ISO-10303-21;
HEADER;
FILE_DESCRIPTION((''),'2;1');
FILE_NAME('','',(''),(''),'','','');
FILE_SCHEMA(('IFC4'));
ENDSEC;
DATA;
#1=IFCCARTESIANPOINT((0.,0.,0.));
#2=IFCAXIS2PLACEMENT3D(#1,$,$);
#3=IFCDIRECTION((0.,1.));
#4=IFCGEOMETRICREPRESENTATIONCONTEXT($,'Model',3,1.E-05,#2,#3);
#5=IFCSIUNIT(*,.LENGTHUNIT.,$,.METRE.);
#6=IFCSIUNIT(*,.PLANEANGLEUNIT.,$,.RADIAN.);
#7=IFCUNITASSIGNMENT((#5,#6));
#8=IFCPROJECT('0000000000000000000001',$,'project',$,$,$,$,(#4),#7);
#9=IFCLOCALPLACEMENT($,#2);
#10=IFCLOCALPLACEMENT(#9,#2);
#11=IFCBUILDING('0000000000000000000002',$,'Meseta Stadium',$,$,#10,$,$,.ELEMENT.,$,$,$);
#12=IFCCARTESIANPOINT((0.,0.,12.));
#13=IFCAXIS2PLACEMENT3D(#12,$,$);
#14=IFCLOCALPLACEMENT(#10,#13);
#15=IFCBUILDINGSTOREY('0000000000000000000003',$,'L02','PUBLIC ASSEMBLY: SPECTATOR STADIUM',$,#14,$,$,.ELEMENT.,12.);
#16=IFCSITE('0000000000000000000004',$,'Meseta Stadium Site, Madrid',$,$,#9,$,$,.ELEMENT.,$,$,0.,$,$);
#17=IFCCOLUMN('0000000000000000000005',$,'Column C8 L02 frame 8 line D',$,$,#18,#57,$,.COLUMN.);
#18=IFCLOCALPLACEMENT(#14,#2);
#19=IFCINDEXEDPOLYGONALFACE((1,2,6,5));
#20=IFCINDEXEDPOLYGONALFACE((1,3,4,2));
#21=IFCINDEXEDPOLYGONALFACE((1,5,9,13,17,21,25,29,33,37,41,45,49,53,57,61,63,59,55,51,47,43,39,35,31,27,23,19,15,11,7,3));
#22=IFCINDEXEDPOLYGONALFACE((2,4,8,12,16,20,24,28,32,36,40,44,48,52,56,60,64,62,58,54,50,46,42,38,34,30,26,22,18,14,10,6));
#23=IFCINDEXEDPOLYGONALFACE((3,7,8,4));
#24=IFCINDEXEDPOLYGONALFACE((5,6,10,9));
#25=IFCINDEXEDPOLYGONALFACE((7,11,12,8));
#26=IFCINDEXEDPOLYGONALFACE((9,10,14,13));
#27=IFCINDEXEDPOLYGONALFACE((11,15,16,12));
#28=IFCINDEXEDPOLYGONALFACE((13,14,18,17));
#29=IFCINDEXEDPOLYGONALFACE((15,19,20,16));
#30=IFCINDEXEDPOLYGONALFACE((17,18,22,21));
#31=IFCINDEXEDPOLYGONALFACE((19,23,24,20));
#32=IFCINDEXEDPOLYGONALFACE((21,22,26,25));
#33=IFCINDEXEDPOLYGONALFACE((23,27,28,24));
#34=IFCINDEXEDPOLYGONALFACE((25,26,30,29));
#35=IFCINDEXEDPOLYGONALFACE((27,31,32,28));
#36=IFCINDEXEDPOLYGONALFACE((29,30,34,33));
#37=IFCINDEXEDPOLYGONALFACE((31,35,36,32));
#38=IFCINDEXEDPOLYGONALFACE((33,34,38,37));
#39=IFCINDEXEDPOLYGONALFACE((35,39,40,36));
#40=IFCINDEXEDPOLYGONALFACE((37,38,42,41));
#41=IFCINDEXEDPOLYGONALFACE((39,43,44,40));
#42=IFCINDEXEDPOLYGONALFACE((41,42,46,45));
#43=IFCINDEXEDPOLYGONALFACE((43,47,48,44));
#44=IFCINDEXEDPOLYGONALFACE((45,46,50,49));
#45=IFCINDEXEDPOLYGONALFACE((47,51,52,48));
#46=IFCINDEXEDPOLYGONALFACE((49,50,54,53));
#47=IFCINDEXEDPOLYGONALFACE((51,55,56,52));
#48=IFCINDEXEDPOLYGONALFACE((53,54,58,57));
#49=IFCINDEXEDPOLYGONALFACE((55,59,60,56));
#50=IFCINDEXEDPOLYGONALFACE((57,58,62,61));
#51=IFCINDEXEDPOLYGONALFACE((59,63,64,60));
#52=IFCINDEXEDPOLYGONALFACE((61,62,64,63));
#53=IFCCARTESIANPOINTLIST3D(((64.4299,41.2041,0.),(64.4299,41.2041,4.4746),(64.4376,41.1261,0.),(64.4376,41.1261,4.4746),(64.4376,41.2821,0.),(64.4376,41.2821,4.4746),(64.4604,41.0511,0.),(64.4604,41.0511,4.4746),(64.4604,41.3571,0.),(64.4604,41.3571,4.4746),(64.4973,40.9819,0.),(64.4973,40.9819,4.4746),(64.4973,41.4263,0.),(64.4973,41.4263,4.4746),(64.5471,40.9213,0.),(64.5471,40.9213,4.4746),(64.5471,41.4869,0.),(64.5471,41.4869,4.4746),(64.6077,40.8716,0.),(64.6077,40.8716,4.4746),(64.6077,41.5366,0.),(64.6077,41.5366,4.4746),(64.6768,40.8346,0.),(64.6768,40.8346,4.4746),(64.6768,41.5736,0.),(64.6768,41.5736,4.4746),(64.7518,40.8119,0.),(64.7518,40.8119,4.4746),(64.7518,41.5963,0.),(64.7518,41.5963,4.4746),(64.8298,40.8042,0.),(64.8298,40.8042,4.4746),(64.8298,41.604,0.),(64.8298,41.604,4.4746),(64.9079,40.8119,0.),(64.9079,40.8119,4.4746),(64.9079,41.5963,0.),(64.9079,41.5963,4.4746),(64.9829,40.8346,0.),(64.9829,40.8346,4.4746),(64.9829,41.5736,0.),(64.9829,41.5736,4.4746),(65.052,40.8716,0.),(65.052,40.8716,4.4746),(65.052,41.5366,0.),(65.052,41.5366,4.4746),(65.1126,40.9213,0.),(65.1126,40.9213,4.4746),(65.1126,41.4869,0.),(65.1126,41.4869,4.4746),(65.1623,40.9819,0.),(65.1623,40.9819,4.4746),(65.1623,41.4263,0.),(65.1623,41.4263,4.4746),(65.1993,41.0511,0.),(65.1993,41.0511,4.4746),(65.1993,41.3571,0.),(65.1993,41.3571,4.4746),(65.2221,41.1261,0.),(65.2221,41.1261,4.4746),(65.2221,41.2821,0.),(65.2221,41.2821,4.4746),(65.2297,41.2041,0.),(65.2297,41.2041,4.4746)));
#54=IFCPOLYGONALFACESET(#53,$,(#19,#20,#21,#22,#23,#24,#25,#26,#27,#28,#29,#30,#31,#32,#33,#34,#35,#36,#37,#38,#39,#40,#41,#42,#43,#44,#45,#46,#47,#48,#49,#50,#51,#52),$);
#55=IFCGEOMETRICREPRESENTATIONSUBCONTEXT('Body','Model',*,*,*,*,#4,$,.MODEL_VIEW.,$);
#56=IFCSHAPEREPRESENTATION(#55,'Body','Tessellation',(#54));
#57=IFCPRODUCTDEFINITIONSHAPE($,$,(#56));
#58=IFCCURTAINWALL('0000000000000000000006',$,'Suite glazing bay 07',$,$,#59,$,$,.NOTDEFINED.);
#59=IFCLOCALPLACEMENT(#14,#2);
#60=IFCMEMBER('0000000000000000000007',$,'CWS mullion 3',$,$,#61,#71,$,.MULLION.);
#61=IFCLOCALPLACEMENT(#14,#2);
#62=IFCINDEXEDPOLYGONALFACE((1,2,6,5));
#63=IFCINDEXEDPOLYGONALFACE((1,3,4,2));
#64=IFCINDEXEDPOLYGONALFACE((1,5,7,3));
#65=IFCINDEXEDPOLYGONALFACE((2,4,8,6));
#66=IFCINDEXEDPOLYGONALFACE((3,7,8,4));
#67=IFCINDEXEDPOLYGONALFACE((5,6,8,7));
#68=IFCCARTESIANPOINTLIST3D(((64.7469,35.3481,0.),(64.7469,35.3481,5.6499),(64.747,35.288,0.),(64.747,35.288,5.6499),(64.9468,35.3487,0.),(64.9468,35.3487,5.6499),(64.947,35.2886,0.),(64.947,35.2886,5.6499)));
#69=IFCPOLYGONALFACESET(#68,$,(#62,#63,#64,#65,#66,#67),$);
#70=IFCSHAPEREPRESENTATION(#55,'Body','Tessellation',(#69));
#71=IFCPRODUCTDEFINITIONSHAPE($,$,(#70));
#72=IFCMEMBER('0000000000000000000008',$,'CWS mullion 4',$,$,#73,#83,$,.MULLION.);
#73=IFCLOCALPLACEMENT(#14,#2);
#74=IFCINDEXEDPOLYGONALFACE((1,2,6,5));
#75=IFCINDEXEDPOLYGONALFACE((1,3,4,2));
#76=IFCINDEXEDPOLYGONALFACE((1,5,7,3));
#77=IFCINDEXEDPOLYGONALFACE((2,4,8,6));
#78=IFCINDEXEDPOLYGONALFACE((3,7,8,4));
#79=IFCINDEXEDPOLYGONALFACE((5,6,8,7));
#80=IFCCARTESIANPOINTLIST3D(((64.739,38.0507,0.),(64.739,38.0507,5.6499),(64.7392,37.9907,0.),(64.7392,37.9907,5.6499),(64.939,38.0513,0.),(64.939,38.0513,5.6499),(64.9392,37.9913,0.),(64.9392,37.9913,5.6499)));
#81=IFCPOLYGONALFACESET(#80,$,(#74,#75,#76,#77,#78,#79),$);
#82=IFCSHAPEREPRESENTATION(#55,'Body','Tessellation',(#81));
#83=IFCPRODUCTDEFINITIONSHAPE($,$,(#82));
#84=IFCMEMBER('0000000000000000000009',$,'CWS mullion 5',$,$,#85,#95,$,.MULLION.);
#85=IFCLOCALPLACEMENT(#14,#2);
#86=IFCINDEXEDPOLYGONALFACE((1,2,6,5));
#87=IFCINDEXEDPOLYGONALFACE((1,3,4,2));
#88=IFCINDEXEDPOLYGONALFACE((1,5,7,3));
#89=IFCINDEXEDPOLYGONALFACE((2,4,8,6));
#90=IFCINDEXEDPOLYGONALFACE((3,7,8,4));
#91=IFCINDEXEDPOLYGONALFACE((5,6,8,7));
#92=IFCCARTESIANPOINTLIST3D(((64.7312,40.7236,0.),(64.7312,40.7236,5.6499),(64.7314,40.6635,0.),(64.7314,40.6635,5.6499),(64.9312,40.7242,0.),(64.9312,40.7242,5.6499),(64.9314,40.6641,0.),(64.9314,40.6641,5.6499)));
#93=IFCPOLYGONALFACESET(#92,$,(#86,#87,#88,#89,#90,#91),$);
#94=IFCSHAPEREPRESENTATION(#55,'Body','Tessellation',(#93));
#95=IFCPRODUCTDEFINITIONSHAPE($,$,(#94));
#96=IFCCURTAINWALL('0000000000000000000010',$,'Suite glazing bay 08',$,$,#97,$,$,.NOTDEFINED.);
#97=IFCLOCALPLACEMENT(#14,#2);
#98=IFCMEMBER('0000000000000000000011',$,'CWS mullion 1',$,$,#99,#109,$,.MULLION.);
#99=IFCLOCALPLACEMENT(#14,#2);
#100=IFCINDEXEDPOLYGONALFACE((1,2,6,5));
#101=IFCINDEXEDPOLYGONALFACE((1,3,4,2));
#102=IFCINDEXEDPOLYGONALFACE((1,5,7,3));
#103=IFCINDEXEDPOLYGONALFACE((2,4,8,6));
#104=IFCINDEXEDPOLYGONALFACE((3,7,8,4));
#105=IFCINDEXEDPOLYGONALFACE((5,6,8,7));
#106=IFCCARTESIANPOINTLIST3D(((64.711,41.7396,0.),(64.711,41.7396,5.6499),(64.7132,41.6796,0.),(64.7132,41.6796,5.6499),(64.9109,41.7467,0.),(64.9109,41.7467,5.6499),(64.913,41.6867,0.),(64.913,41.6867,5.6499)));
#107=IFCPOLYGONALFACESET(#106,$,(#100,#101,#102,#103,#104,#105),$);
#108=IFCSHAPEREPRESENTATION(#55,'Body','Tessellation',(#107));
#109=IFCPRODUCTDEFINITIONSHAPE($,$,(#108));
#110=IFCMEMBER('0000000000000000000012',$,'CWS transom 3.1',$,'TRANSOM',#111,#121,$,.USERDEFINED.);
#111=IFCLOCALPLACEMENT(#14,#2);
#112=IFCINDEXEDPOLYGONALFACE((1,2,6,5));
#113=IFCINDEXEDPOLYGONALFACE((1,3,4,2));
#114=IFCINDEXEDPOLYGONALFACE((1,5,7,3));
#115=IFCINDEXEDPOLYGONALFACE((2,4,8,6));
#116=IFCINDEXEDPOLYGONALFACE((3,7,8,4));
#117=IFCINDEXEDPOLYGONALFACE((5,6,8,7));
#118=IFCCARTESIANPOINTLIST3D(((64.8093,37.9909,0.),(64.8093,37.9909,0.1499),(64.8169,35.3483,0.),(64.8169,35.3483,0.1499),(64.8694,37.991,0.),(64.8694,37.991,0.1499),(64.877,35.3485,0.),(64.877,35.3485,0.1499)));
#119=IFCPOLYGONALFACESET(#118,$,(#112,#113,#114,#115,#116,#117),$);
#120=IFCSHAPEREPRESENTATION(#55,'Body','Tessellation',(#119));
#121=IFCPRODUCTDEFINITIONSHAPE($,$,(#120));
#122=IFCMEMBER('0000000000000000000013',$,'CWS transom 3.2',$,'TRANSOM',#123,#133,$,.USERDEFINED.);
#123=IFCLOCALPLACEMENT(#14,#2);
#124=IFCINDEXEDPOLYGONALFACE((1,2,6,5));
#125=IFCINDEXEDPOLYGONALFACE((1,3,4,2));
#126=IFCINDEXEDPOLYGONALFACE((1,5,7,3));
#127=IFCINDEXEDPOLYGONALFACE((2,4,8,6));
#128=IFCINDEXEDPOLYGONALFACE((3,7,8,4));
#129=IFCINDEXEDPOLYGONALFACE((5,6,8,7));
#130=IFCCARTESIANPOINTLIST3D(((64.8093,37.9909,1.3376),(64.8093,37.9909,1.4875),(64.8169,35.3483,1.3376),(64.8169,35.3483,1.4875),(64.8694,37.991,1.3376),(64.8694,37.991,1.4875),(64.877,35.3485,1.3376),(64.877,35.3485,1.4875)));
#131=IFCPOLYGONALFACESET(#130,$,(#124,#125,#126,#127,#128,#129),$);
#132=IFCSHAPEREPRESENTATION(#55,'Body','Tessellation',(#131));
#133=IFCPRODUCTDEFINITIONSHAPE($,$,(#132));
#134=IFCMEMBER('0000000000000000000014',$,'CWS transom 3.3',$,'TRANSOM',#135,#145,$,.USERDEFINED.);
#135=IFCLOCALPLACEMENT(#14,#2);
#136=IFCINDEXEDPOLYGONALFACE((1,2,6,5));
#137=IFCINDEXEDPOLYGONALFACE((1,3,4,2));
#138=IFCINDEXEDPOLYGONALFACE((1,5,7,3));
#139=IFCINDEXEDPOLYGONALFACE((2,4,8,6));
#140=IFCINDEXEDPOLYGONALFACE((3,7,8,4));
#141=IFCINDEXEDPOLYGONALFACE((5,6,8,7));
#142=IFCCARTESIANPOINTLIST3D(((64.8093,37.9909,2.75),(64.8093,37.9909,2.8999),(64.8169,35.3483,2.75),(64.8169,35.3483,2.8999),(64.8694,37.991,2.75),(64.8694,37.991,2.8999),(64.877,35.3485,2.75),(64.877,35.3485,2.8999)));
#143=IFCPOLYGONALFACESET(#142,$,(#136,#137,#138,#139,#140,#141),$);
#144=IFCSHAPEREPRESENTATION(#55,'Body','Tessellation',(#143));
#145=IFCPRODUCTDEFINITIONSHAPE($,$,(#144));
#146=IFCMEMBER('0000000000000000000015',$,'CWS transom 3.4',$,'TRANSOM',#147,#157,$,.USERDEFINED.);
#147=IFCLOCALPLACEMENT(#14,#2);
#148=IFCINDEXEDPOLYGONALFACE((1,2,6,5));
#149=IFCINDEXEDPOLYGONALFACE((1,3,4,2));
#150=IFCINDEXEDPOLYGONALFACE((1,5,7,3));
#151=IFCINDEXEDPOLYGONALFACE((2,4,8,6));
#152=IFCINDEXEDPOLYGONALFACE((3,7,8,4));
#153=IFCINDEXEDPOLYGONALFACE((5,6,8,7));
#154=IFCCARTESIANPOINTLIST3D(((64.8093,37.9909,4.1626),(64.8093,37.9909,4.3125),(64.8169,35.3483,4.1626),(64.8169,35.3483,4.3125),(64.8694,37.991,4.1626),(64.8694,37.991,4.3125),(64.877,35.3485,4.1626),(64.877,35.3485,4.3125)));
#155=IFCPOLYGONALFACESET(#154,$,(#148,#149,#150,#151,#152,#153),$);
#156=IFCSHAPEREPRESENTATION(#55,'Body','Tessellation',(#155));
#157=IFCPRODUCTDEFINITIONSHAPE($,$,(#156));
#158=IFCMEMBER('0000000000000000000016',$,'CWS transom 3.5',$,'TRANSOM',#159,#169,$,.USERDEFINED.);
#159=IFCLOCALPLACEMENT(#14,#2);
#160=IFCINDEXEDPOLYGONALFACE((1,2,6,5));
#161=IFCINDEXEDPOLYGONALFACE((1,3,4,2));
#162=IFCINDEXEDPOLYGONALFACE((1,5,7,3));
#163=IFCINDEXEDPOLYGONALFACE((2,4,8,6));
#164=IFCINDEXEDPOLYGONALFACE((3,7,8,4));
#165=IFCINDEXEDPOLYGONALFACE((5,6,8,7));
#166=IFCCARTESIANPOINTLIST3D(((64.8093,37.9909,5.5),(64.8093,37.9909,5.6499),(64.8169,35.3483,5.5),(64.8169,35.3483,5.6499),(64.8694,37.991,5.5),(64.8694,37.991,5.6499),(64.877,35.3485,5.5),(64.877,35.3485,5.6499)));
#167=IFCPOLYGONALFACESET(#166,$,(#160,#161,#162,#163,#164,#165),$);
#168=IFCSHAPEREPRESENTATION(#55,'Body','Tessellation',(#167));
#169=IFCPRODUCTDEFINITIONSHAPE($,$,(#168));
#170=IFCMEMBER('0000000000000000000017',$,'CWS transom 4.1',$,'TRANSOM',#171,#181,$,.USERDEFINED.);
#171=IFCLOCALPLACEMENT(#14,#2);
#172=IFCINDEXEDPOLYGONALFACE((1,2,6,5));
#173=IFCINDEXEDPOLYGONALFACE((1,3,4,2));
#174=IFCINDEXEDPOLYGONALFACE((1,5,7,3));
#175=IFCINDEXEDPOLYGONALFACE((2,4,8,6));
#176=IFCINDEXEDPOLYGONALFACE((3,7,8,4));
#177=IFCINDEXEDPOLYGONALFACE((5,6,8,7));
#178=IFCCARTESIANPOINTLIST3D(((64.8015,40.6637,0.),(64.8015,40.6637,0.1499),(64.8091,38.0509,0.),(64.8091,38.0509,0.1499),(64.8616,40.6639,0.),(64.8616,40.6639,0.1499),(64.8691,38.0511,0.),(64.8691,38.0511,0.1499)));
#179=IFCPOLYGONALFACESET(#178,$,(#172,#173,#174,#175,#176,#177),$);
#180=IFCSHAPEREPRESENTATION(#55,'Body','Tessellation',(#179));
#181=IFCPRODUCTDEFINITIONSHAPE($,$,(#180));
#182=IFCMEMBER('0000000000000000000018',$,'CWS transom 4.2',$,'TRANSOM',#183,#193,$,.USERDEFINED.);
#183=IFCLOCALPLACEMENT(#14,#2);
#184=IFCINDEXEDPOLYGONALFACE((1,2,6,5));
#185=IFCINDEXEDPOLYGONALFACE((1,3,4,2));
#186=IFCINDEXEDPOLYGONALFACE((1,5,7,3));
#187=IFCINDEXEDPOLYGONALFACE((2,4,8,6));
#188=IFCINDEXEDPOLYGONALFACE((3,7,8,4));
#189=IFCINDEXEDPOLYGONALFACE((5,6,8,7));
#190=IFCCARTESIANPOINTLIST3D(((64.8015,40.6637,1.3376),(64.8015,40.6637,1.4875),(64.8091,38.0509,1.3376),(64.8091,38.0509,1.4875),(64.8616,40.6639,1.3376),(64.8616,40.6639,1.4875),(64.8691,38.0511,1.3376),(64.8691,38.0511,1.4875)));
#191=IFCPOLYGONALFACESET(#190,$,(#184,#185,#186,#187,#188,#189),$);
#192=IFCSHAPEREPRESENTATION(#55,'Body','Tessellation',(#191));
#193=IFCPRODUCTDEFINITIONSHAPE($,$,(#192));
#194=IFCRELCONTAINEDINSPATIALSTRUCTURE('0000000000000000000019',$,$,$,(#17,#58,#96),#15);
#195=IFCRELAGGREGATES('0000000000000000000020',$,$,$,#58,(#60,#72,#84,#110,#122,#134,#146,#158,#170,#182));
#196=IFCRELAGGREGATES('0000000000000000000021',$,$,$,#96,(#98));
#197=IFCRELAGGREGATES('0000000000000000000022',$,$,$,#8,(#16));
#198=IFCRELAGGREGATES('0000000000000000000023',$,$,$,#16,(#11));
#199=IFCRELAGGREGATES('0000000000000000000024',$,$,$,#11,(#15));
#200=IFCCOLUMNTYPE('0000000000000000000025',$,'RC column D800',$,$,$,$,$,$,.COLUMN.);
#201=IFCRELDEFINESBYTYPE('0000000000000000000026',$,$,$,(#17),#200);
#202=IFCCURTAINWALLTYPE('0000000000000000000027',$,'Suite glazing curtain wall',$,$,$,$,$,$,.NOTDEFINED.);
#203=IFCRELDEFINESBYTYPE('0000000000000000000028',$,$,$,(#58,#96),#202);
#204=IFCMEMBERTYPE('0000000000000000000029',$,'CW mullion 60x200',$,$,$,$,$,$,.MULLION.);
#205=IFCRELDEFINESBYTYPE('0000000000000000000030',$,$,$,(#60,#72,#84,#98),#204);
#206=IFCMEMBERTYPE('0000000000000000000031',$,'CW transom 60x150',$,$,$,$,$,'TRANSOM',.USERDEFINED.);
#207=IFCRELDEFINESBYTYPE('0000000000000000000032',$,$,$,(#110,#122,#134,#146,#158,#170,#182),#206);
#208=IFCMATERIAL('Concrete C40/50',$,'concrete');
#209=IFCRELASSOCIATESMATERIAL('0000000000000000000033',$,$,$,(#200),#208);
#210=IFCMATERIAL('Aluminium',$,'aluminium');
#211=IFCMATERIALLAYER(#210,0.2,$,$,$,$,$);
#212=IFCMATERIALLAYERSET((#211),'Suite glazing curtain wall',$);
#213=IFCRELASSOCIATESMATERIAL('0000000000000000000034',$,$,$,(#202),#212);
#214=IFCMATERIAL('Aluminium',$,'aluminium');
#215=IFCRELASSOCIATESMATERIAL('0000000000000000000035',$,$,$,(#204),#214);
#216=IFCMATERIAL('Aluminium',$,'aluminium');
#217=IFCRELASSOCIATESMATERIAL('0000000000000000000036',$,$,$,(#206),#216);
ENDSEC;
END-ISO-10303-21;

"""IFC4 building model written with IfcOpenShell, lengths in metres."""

from ifc_helpers import new_model, si_unit, direction, frame, origin, origin_2d, place, context, subcontext, project, spatial, rectangle, circle, extrude, material, layer, layer_set, material_profile, profile_set, type_object, element, aggregate, save


model = new_model("IFC4")

# Units and contexts
model_context = context("Model", 3, precision=1e-05, world=origin(), true_north=direction((0.0, 1.0)))
body_context = subcontext(model_context, "Body", "Model", "MODEL_VIEW")
ifc_project = project(units=[si_unit("LENGTHUNIT", "METRE"), si_unit("PLANEANGLEUNIT", "RADIAN")], contexts=[model_context])

# Site, building, storey
site_placement = place(None, origin())
site = spatial("IfcSite", under=ifc_project, at=site_placement, Name="Meseta Stadium Site, Madrid", CompositionType="ELEMENT", RefElevation=0.0)
building_placement = place(site_placement, origin())
building = spatial("IfcBuilding", under=site, at=building_placement, Name="Meseta Stadium", CompositionType="ELEMENT")
storey_placement = place(building_placement, frame((0.0, 0.0, 12.0)))
storey = spatial("IfcBuildingStorey", under=building, at=storey_placement, Name="L02", Description="PUBLIC ASSEMBLY: SPECTATOR STADIUM", CompositionType="ELEMENT", Elevation=12.0)

# Column
ifc_material_1 = material(Name="Concrete C40/50", Category="concrete")
ifc_material_profile_1 = material_profile(ifc_material_1, circle(Radius=0.3999, at=origin_2d()), Name="RC D800")
ifc_profile_set_1 = profile_set([ifc_material_profile_1], Name="Concrete C40/50")
column_type = type_object("IfcColumnType", Name="RC column D800", PredefinedType="COLUMN", material=ifc_profile_set_1)
column_placement = place(storey_placement, frame((64.8298, 41.2041, 0.0), z_axis=(0.0, 0.0, 1.0), x_axis=(1.0, 0.0, 0.0)))
element("IfcColumn", 1, at=column_placement, inside=storey, type_object=column_type, Name="Column C8 L02 frame 8 line D", PredefinedType="COLUMN", context=body_context, shape_type="SweptSolid", body=[
    extrude(circle(Radius=0.3999, at=origin_2d()), origin(), (0.0, 0.0, 1.0), 4.4746),
])

# Curtain wall, members
ifc_material_2 = material(Name="Aluminium", Category="aluminium")
ifc_layer_1 = layer(ifc_material_2, 0.2)
ifc_layer_set_1 = layer_set([ifc_layer_1], Name="Suite glazing curtain wall")
curtain_wall_type = type_object("IfcCurtainWallType", Name="Suite glazing curtain wall", PredefinedType="NOTDEFINED", material=ifc_layer_set_1)
curtain_wall_1_placement = place(storey_placement, origin())
curtain_wall_1 = element("IfcCurtainWall", 2, at=curtain_wall_1_placement, inside=storey, type_object=curtain_wall_type, Name="Suite glazing bay 07", PredefinedType="NOTDEFINED")
ifc_material_3 = material(Name="Aluminium", Category="aluminium")
ifc_material_profile_2 = material_profile(ifc_material_3, rectangle(XDim=0.2, YDim=0.0601, at=origin_2d()), Name="CW 200x60")
ifc_profile_set_2 = profile_set([ifc_material_profile_2], Name="Aluminium")
member_type_1 = type_object("IfcMemberType", Name="CW mullion 60x200", PredefinedType="MULLION", material=ifc_profile_set_2)
member_1_placement = place(storey_placement, frame((64.8469, 35.3184, 0.0), z_axis=(0.0, 0.0, 1.0), x_axis=(-0.999996, -0.00291, 0.0)))
member_1 = element("IfcMember", 3, at=member_1_placement, type_object=member_type_1, Name="CWS mullion 3", PredefinedType="MULLION", context=body_context, shape_type="SweptSolid", body=[
    extrude(rectangle(XDim=0.2, YDim=0.0601, at=origin_2d()), origin(), (0.0, 0.0, 1.0), 5.6499),
])
member_2_placement = place(storey_placement, frame((64.8391, 38.021, 0.0), z_axis=(0.0, 0.0, 1.0), x_axis=(-0.999996, -0.00291, 0.0)))
member_2 = element("IfcMember", 4, at=member_2_placement, type_object=member_type_1, Name="CWS mullion 4", PredefinedType="MULLION", context=body_context, shape_type="SweptSolid", body=[
    extrude(rectangle(XDim=0.2, YDim=0.0601, at=origin_2d()), origin(), (0.0, 0.0, 1.0), 5.6499),
])
member_3_placement = place(storey_placement, frame((64.8313, 40.6938, 0.0), z_axis=(0.0, 0.0, 1.0), x_axis=(-0.999996, -0.00291, 0.0)))
member_3 = element("IfcMember", 5, at=member_3_placement, type_object=member_type_1, Name="CWS mullion 5", PredefinedType="MULLION", context=body_context, shape_type="SweptSolid", body=[
    extrude(rectangle(XDim=0.2, YDim=0.0601, at=origin_2d()), origin(), (0.0, 0.0, 1.0), 5.6499),
])

# Curtain wall, member
curtain_wall_2_placement = place(storey_placement, origin())
curtain_wall_2 = element("IfcCurtainWall", 6, at=curtain_wall_2_placement, inside=storey, type_object=curtain_wall_type, Name="Suite glazing bay 08", PredefinedType="NOTDEFINED")
member_4_placement = place(storey_placement, frame((64.812, 41.7131, 0.0), z_axis=(0.0, 0.0, 1.0), x_axis=(-0.999374, -0.035371, 0.0)))
member_4 = element("IfcMember", 7, at=member_4_placement, type_object=member_type_1, Name="CWS mullion 1", PredefinedType="MULLION", context=body_context, shape_type="SweptSolid", body=[
    extrude(rectangle(XDim=0.2, YDim=0.0601, at=origin_2d()), origin(), (0.0, 0.0, 1.0), 5.6499),
])

# Members
ifc_material_4 = material(Name="Aluminium", Category="aluminium")
ifc_material_profile_3 = material_profile(ifc_material_4, rectangle(XDim=0.0601, YDim=0.1499, at=origin_2d()), Name="CW 60x150")
ifc_profile_set_3 = profile_set([ifc_material_profile_3], Name="Aluminium")
member_type_2 = type_object("IfcMemberType", Name="CW transom 60x150", ElementType="TRANSOM", PredefinedType="USERDEFINED", material=ifc_profile_set_3)
member_5_placement = place(storey_placement, frame((64.8469, 35.3484, 0.075), z_axis=(-0.002864, 0.999996, 0.0), x_axis=(-0.999996, -0.002864, 0.0)))
member_5 = element("IfcMember", 8, at=member_5_placement, type_object=member_type_2, Name="CWS transom 3.1", ObjectType="TRANSOM", PredefinedType="USERDEFINED", context=body_context, shape_type="SweptSolid", body=[
    extrude(rectangle(XDim=0.0601, YDim=0.1499, at=origin_2d()), origin(), (0.0, 0.0, 1.0), 2.6426),
])
member_6_placement = place(storey_placement, frame((64.8469, 35.3484, 1.4126), z_axis=(-0.002864, 0.999996, 0.0), x_axis=(-0.999996, -0.002864, 0.0)))
member_6 = element("IfcMember", 9, at=member_6_placement, type_object=member_type_2, Name="CWS transom 3.2", ObjectType="TRANSOM", PredefinedType="USERDEFINED", context=body_context, shape_type="SweptSolid", body=[
    extrude(rectangle(XDim=0.0601, YDim=0.1499, at=origin_2d()), origin(), (0.0, 0.0, 1.0), 2.6426),
])
member_7_placement = place(storey_placement, frame((64.8469, 35.3484, 2.825), z_axis=(-0.002864, 0.999996, 0.0), x_axis=(-0.999996, -0.002864, 0.0)))
member_7 = element("IfcMember", 10, at=member_7_placement, type_object=member_type_2, Name="CWS transom 3.3", ObjectType="TRANSOM", PredefinedType="USERDEFINED", context=body_context, shape_type="SweptSolid", body=[
    extrude(rectangle(XDim=0.0601, YDim=0.1499, at=origin_2d()), origin(), (0.0, 0.0, 1.0), 2.6426),
])
member_8_placement = place(storey_placement, frame((64.8469, 35.3484, 4.2375), z_axis=(-0.002864, 0.999996, 0.0), x_axis=(-0.999996, -0.002864, 0.0)))
member_8 = element("IfcMember", 11, at=member_8_placement, type_object=member_type_2, Name="CWS transom 3.4", ObjectType="TRANSOM", PredefinedType="USERDEFINED", context=body_context, shape_type="SweptSolid", body=[
    extrude(rectangle(XDim=0.0601, YDim=0.1499, at=origin_2d()), origin(), (0.0, 0.0, 1.0), 2.6426),
])
member_9_placement = place(storey_placement, frame((64.8469, 35.3484, 5.575), z_axis=(-0.002864, 0.999996, 0.0), x_axis=(-0.999996, -0.002864, 0.0)))
member_9 = element("IfcMember", 12, at=member_9_placement, type_object=member_type_2, Name="CWS transom 3.5", ObjectType="TRANSOM", PredefinedType="USERDEFINED", context=body_context, shape_type="SweptSolid", body=[
    extrude(rectangle(XDim=0.0601, YDim=0.1499, at=origin_2d()), origin(), (0.0, 0.0, 1.0), 2.6426),
])
member_10_placement = place(storey_placement, frame((64.8391, 38.051, 0.075), z_axis=(-0.002897, 0.999996, 0.0), x_axis=(-0.999996, -0.002897, 0.0)))
member_10 = element("IfcMember", 13, at=member_10_placement, type_object=member_type_2, Name="CWS transom 4.1", ObjectType="TRANSOM", PredefinedType="USERDEFINED", context=body_context, shape_type="SweptSolid", body=[
    extrude(rectangle(XDim=0.0601, YDim=0.1499, at=origin_2d()), origin(), (0.0, 0.0, 1.0), 2.6128),
])
member_11_placement = place(storey_placement, frame((64.8391, 38.051, 1.4126), z_axis=(-0.002897, 0.999996, 0.0), x_axis=(-0.999996, -0.002897, 0.0)))
member_11 = element("IfcMember", 14, at=member_11_placement, type_object=member_type_2, Name="CWS transom 4.2", ObjectType="TRANSOM", PredefinedType="USERDEFINED", context=body_context, shape_type="SweptSolid", body=[
    extrude(rectangle(XDim=0.0601, YDim=0.1499, at=origin_2d()), origin(), (0.0, 0.0, 1.0), 2.6128),
])

aggregate(curtain_wall_1, [member_1, member_2, member_3, member_5, member_6, member_7, member_8, member_9, member_10, member_11])
aggregate(curtain_wall_2, [member_4])

save(model, "model.ifc")
